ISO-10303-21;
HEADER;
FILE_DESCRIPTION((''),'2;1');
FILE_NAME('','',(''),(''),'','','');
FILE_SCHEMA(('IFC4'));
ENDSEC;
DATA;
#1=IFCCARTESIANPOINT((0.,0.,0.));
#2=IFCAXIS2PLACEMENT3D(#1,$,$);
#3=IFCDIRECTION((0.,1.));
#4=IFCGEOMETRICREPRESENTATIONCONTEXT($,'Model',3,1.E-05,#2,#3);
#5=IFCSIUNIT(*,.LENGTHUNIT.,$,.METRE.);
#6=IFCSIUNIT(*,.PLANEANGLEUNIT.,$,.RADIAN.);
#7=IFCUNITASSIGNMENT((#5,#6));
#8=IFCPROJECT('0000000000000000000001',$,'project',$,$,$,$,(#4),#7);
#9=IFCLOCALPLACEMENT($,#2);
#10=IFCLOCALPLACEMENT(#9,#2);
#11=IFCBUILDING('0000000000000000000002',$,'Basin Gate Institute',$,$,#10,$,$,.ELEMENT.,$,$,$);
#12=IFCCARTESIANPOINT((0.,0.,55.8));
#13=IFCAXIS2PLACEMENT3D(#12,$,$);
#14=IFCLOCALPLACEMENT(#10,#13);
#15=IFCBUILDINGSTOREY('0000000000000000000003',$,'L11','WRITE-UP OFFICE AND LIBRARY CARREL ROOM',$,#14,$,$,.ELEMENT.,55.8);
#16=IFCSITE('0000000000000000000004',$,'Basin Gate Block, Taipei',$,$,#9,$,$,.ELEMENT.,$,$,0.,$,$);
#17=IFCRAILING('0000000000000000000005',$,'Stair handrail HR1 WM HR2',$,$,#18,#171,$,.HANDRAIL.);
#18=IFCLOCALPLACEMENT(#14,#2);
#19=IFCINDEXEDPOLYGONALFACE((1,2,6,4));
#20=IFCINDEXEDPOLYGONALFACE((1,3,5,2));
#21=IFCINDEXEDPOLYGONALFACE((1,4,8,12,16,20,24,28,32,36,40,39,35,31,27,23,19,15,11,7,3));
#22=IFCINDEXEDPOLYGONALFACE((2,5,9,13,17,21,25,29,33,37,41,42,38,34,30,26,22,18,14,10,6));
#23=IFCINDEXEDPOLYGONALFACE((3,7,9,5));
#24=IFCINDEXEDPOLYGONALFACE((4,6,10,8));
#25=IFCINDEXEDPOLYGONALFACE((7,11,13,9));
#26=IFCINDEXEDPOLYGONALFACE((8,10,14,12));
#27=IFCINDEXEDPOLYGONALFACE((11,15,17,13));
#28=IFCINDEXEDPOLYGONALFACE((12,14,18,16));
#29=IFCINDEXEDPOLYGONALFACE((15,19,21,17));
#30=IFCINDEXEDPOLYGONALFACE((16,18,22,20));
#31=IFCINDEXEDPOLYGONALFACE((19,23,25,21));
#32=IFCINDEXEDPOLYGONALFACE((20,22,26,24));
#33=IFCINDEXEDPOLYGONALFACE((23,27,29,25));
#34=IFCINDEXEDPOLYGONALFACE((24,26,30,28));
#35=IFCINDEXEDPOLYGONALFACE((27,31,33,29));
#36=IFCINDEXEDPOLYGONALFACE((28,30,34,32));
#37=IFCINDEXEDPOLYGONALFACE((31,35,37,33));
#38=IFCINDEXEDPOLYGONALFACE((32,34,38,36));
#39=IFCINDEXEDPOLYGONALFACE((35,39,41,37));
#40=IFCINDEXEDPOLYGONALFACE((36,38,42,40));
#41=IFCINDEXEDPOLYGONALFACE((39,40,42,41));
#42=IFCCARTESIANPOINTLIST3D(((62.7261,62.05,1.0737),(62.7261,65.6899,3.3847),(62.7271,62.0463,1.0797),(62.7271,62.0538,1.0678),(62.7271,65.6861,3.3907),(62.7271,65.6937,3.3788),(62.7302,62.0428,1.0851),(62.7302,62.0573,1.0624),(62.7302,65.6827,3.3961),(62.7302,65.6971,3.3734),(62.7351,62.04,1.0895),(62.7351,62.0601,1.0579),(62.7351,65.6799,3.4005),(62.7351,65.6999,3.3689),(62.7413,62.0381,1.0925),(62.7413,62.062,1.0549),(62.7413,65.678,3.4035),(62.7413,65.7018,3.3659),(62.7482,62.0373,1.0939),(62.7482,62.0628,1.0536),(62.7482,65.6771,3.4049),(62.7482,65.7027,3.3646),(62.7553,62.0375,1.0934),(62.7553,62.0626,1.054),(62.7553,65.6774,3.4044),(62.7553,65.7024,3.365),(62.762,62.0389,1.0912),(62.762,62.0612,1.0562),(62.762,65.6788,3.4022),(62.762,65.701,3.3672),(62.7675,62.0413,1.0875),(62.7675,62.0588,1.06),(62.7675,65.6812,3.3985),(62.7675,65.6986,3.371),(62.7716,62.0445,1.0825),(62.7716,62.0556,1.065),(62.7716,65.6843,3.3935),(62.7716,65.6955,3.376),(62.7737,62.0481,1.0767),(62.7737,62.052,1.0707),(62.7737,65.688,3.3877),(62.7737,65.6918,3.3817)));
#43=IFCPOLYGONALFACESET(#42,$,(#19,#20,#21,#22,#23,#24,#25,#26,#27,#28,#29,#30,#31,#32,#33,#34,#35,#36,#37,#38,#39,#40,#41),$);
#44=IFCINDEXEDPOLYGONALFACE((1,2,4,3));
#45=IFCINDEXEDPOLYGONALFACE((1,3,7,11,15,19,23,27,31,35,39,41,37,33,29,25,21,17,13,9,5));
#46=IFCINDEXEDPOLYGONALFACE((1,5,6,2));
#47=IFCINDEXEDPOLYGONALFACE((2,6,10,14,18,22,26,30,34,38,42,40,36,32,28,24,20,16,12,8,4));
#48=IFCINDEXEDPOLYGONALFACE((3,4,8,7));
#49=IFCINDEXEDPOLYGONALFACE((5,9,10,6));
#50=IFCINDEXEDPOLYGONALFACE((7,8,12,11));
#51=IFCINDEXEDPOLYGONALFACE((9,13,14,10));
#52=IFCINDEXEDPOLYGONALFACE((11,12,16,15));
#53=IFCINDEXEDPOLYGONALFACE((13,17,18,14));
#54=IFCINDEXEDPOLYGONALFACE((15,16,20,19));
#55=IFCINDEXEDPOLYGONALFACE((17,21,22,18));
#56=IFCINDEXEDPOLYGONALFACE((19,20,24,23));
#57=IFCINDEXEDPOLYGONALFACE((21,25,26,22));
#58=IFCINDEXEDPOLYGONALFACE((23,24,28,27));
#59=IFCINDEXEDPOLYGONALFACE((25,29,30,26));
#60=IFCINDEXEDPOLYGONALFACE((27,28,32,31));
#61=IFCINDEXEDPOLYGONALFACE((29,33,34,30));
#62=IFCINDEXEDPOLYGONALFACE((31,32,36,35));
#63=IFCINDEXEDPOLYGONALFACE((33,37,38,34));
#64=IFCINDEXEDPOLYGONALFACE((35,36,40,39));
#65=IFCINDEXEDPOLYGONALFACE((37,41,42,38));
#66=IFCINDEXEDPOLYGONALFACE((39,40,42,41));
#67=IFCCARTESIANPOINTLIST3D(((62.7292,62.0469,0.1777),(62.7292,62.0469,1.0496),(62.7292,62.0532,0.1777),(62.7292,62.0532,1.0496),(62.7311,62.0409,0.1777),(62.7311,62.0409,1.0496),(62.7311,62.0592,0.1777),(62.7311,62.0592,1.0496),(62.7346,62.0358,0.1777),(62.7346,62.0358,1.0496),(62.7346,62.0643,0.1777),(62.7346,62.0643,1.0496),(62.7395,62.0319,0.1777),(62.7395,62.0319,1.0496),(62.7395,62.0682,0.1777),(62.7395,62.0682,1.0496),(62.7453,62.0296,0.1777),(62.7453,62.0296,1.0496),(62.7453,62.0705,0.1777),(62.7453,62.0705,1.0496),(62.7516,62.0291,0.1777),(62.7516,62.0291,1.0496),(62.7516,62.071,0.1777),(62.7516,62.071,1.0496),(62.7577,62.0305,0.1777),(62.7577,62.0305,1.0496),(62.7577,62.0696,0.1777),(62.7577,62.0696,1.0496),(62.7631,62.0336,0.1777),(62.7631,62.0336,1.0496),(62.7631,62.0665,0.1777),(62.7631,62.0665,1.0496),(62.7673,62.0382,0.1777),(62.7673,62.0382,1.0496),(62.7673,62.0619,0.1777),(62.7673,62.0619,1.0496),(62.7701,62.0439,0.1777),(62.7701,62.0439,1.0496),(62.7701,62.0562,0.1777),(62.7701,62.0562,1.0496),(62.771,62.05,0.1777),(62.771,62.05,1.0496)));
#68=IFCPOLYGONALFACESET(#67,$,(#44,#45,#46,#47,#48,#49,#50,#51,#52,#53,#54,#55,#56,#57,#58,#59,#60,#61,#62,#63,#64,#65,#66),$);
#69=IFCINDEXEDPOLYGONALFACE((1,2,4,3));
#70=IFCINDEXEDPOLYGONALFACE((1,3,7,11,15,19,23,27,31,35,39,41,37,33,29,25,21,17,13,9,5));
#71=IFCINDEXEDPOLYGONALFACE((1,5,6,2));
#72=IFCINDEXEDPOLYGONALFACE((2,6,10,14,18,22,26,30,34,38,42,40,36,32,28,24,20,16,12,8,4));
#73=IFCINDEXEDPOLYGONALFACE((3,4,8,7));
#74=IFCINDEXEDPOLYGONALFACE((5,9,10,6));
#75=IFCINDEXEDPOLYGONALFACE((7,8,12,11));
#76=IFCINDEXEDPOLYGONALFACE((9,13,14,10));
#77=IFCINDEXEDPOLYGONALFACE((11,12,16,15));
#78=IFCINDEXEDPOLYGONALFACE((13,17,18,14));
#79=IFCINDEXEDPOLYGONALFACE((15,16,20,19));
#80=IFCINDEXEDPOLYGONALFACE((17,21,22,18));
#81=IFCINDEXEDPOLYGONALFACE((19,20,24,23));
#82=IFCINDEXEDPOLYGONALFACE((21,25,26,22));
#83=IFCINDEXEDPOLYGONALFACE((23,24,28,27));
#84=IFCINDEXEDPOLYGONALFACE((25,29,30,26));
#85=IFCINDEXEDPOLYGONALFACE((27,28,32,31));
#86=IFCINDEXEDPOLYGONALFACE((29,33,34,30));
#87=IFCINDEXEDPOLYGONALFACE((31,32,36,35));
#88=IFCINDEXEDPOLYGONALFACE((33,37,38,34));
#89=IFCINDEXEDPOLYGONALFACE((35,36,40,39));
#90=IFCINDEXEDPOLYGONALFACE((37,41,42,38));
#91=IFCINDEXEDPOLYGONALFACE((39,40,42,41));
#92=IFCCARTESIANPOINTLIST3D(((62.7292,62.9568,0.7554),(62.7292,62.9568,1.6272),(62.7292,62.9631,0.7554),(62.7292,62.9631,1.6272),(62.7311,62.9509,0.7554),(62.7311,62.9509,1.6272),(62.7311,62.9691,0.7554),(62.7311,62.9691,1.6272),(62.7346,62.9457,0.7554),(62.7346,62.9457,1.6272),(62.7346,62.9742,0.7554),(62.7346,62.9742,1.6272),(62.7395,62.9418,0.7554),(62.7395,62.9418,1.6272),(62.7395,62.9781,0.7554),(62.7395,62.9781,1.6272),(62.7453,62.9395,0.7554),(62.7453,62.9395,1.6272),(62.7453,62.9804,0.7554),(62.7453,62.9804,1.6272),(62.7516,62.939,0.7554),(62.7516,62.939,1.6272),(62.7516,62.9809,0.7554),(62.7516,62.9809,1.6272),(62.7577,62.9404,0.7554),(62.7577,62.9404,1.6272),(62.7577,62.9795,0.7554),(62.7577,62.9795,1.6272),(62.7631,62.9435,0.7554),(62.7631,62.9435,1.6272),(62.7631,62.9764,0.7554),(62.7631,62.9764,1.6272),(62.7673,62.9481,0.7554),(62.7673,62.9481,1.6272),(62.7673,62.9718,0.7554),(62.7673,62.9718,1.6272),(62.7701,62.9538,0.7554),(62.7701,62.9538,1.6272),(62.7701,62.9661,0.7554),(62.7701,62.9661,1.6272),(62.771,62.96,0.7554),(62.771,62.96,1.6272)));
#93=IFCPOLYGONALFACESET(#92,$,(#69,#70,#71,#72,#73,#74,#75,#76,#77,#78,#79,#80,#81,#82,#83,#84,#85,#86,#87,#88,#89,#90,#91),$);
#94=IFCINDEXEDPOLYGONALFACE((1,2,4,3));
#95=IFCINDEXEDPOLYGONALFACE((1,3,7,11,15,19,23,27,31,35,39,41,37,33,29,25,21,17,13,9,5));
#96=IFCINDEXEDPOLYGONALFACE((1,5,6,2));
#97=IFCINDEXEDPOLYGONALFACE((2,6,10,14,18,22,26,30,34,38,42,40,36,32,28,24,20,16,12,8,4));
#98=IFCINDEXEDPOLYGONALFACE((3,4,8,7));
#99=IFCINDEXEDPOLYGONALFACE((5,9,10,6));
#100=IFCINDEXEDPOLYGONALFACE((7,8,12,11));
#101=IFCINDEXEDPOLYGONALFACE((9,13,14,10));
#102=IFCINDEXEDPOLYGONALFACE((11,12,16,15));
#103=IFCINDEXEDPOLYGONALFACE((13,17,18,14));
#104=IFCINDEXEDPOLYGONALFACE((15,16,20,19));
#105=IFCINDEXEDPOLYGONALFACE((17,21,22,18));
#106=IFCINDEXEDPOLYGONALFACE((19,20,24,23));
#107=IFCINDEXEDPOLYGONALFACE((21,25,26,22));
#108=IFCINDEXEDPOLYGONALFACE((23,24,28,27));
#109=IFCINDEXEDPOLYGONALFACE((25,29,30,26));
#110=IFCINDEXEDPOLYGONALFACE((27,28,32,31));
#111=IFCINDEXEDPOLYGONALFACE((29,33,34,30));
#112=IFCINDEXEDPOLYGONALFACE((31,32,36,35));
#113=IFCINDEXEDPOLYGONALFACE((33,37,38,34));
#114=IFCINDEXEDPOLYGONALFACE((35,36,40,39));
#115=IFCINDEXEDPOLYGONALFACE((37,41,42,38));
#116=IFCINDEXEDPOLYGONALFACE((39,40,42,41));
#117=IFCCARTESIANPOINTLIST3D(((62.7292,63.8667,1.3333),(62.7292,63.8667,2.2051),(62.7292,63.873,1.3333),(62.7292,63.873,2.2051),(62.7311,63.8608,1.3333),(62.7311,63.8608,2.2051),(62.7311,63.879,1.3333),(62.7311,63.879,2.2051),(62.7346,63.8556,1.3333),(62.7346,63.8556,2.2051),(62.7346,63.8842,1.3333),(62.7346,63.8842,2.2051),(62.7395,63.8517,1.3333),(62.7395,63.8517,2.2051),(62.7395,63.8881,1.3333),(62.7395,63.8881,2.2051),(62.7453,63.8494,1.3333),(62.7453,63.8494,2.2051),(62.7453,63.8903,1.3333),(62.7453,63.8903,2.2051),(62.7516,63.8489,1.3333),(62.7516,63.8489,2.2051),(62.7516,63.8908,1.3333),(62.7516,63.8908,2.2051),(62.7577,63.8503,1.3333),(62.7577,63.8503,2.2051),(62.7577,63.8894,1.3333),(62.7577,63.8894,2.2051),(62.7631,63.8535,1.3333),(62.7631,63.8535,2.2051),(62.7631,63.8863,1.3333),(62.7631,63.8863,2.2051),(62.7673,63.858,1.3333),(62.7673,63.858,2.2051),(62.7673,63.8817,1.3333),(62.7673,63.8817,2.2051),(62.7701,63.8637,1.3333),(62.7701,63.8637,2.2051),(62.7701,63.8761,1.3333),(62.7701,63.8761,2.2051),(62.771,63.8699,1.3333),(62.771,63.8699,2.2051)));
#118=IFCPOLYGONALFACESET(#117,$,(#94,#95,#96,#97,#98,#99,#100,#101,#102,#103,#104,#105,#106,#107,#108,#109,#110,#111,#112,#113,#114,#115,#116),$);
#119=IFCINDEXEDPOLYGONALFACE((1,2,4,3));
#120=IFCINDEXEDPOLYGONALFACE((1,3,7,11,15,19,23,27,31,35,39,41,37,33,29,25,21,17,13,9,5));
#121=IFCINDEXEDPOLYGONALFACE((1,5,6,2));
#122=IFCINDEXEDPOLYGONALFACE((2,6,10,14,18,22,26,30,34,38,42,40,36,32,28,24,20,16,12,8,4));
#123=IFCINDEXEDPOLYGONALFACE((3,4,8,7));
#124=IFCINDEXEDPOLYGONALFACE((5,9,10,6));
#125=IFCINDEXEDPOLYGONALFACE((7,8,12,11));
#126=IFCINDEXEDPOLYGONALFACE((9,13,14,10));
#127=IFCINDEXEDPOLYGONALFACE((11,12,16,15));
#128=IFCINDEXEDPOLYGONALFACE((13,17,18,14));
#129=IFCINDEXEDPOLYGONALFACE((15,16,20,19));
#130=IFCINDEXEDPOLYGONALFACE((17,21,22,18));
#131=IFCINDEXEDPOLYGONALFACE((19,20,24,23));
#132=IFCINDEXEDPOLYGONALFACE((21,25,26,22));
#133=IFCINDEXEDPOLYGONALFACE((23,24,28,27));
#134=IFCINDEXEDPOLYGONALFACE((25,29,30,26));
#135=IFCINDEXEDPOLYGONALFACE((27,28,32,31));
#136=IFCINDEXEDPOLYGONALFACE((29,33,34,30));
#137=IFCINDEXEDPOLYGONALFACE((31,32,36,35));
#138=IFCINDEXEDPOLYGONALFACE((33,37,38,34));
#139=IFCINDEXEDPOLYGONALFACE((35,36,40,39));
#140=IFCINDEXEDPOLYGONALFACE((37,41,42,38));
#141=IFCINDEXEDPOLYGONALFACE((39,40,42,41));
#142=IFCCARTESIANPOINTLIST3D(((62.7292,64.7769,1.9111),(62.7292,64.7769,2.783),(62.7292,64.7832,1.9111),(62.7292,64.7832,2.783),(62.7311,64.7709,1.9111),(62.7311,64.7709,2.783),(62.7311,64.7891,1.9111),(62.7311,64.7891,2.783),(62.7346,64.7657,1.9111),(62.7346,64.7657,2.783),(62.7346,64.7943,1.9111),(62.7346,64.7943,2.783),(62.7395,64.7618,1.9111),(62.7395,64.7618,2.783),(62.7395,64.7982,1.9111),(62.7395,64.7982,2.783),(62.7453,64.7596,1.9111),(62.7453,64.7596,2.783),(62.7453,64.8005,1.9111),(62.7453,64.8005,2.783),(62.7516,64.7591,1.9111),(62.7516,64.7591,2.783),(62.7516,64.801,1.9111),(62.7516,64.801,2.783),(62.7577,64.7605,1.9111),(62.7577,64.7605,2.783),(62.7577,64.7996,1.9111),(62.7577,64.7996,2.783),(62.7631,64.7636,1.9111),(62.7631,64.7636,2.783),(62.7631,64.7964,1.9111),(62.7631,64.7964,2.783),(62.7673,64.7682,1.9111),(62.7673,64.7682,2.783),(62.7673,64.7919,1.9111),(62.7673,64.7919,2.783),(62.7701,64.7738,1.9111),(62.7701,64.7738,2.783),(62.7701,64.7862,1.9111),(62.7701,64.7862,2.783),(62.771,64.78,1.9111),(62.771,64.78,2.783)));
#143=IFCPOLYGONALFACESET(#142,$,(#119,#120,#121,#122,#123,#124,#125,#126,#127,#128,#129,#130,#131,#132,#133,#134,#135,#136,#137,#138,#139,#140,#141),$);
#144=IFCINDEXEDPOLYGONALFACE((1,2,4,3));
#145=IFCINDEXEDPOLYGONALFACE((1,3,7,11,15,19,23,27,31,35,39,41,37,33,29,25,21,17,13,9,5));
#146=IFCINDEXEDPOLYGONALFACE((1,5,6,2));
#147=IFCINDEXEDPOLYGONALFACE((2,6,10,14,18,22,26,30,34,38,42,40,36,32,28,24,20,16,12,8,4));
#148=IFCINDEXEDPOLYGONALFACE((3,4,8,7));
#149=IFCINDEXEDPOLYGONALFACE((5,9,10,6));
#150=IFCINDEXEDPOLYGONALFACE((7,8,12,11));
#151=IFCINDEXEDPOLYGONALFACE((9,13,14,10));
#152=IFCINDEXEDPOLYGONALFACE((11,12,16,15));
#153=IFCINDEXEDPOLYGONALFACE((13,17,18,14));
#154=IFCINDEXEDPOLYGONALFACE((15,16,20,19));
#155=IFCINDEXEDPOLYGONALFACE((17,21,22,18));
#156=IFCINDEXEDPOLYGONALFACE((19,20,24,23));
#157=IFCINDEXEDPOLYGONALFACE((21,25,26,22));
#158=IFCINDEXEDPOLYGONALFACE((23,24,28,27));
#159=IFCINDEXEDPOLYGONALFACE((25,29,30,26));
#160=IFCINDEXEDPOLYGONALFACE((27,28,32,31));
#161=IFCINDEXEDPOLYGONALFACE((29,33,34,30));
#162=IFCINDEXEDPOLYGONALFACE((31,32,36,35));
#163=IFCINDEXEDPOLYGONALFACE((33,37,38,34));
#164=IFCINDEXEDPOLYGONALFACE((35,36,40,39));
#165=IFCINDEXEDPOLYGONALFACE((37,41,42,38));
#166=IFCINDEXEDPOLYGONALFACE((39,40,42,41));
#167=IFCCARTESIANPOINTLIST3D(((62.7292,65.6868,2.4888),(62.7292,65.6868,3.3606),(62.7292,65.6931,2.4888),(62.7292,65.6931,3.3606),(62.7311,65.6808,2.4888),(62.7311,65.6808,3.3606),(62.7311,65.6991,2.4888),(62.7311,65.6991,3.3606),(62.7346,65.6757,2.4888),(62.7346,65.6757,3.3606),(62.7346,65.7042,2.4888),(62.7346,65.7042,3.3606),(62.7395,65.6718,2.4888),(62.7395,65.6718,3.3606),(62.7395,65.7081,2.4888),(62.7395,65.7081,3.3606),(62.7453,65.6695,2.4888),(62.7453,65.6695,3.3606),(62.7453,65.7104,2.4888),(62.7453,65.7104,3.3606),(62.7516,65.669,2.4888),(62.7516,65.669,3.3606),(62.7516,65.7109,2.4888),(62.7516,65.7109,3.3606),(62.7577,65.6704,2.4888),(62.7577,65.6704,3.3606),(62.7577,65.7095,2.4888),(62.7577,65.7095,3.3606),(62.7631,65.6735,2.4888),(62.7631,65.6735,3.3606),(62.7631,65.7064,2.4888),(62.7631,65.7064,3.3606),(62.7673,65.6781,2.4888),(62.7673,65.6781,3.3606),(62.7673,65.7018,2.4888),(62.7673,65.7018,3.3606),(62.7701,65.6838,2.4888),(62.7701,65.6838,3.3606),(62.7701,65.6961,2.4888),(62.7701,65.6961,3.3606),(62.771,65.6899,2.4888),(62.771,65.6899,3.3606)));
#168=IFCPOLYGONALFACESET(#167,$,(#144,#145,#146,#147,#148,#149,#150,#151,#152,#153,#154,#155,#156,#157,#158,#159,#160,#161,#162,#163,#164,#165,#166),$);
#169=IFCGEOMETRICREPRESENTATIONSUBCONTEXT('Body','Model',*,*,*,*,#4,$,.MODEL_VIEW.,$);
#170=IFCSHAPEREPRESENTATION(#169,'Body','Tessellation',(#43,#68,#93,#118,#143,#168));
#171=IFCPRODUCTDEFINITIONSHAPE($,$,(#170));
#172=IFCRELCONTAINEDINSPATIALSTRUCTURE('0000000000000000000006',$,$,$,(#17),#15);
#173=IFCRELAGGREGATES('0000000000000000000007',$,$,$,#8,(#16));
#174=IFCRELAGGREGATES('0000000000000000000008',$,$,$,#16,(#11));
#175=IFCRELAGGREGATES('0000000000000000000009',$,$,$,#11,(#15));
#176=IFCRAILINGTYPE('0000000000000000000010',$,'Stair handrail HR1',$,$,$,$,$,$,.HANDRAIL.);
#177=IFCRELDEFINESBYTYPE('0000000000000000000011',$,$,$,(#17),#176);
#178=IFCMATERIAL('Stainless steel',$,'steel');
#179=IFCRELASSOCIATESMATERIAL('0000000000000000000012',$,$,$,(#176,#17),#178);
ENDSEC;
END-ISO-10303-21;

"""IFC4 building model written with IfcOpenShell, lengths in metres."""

from ifc_helpers import new_model, si_unit, direction, frame, origin, origin_2d, place, context, subcontext, project, spatial, circle, extrude, material, type_object, element, save


model = new_model("IFC4")

# Units and contexts
model_context = context("Model", 3, precision=1e-05, world=origin(), true_north=direction((0.0, 1.0)))
body_context = subcontext(model_context, "Body", "Model", "MODEL_VIEW")
ifc_project = project(units=[si_unit("LENGTHUNIT", "METRE"), si_unit("PLANEANGLEUNIT", "RADIAN")], contexts=[model_context])

# Site, building, storey
site_placement = place(None, origin())
site = spatial("IfcSite", under=ifc_project, at=site_placement, Name="Basin Gate Block, Taipei", CompositionType="ELEMENT", RefElevation=0.0)
building_placement = place(site_placement, origin())
building = spatial("IfcBuilding", under=site, at=building_placement, Name="Basin Gate Institute", CompositionType="ELEMENT")
storey_placement = place(building_placement, frame((0.0, 0.0, 55.8)))
storey = spatial("IfcBuildingStorey", under=building, at=storey_placement, Name="L11", Description="WRITE-UP OFFICE AND LIBRARY CARREL ROOM", CompositionType="ELEMENT", Elevation=55.8)

# Railing
ifc_material_1 = material(Name="Stainless steel", Category="steel")
railing_type_1 = type_object("IfcRailingType", Name="Stair handrail HR1", PredefinedType="HANDRAIL", material=ifc_material_1)
for number, where, name in (
    (1, (62.75, 62.05, 0.1777), "Stair handrail HR1 WM HR2"),
):
    element("IfcRailing", number, at=place(storey_placement, frame(where)), inside=storey, type_object=railing_type_1, material=ifc_material_1, Name=name, PredefinedType="HANDRAIL", context=body_context, shape_type="SweptSolid", body=[
        extrude(circle(Radius=0.0239, at=origin_2d()), frame((0.0, 0.0, 0.896), z_axis=(0.0, 0.844214, 0.536007), x_axis=(-1.0, 0.0, 0.0)), (0.0, 0.0, 1.0), 4.3115),
        extrude(circle(Radius=0.021, at=origin_2d()), origin(), (0.0, 0.0, 1.0), 0.8718),
        extrude(circle(Radius=0.021, at=origin_2d()), frame((0.0, 0.9099, 0.5776)), (0.0, 0.0, 1.0), 0.8718),
        extrude(circle(Radius=0.021, at=origin_2d()), frame((0.0, 1.8198, 1.1555)), (0.0, 0.0, 1.0), 0.8718),
        extrude(circle(Radius=0.021, at=origin_2d()), frame((0.0, 2.73, 1.7334)), (0.0, 0.0, 1.0), 0.8718),
        extrude(circle(Radius=0.021, at=origin_2d()), frame((0.0, 3.6399, 2.311)), (0.0, 0.0, 1.0), 0.8718),
    ])

save(model, "model.ifc")
